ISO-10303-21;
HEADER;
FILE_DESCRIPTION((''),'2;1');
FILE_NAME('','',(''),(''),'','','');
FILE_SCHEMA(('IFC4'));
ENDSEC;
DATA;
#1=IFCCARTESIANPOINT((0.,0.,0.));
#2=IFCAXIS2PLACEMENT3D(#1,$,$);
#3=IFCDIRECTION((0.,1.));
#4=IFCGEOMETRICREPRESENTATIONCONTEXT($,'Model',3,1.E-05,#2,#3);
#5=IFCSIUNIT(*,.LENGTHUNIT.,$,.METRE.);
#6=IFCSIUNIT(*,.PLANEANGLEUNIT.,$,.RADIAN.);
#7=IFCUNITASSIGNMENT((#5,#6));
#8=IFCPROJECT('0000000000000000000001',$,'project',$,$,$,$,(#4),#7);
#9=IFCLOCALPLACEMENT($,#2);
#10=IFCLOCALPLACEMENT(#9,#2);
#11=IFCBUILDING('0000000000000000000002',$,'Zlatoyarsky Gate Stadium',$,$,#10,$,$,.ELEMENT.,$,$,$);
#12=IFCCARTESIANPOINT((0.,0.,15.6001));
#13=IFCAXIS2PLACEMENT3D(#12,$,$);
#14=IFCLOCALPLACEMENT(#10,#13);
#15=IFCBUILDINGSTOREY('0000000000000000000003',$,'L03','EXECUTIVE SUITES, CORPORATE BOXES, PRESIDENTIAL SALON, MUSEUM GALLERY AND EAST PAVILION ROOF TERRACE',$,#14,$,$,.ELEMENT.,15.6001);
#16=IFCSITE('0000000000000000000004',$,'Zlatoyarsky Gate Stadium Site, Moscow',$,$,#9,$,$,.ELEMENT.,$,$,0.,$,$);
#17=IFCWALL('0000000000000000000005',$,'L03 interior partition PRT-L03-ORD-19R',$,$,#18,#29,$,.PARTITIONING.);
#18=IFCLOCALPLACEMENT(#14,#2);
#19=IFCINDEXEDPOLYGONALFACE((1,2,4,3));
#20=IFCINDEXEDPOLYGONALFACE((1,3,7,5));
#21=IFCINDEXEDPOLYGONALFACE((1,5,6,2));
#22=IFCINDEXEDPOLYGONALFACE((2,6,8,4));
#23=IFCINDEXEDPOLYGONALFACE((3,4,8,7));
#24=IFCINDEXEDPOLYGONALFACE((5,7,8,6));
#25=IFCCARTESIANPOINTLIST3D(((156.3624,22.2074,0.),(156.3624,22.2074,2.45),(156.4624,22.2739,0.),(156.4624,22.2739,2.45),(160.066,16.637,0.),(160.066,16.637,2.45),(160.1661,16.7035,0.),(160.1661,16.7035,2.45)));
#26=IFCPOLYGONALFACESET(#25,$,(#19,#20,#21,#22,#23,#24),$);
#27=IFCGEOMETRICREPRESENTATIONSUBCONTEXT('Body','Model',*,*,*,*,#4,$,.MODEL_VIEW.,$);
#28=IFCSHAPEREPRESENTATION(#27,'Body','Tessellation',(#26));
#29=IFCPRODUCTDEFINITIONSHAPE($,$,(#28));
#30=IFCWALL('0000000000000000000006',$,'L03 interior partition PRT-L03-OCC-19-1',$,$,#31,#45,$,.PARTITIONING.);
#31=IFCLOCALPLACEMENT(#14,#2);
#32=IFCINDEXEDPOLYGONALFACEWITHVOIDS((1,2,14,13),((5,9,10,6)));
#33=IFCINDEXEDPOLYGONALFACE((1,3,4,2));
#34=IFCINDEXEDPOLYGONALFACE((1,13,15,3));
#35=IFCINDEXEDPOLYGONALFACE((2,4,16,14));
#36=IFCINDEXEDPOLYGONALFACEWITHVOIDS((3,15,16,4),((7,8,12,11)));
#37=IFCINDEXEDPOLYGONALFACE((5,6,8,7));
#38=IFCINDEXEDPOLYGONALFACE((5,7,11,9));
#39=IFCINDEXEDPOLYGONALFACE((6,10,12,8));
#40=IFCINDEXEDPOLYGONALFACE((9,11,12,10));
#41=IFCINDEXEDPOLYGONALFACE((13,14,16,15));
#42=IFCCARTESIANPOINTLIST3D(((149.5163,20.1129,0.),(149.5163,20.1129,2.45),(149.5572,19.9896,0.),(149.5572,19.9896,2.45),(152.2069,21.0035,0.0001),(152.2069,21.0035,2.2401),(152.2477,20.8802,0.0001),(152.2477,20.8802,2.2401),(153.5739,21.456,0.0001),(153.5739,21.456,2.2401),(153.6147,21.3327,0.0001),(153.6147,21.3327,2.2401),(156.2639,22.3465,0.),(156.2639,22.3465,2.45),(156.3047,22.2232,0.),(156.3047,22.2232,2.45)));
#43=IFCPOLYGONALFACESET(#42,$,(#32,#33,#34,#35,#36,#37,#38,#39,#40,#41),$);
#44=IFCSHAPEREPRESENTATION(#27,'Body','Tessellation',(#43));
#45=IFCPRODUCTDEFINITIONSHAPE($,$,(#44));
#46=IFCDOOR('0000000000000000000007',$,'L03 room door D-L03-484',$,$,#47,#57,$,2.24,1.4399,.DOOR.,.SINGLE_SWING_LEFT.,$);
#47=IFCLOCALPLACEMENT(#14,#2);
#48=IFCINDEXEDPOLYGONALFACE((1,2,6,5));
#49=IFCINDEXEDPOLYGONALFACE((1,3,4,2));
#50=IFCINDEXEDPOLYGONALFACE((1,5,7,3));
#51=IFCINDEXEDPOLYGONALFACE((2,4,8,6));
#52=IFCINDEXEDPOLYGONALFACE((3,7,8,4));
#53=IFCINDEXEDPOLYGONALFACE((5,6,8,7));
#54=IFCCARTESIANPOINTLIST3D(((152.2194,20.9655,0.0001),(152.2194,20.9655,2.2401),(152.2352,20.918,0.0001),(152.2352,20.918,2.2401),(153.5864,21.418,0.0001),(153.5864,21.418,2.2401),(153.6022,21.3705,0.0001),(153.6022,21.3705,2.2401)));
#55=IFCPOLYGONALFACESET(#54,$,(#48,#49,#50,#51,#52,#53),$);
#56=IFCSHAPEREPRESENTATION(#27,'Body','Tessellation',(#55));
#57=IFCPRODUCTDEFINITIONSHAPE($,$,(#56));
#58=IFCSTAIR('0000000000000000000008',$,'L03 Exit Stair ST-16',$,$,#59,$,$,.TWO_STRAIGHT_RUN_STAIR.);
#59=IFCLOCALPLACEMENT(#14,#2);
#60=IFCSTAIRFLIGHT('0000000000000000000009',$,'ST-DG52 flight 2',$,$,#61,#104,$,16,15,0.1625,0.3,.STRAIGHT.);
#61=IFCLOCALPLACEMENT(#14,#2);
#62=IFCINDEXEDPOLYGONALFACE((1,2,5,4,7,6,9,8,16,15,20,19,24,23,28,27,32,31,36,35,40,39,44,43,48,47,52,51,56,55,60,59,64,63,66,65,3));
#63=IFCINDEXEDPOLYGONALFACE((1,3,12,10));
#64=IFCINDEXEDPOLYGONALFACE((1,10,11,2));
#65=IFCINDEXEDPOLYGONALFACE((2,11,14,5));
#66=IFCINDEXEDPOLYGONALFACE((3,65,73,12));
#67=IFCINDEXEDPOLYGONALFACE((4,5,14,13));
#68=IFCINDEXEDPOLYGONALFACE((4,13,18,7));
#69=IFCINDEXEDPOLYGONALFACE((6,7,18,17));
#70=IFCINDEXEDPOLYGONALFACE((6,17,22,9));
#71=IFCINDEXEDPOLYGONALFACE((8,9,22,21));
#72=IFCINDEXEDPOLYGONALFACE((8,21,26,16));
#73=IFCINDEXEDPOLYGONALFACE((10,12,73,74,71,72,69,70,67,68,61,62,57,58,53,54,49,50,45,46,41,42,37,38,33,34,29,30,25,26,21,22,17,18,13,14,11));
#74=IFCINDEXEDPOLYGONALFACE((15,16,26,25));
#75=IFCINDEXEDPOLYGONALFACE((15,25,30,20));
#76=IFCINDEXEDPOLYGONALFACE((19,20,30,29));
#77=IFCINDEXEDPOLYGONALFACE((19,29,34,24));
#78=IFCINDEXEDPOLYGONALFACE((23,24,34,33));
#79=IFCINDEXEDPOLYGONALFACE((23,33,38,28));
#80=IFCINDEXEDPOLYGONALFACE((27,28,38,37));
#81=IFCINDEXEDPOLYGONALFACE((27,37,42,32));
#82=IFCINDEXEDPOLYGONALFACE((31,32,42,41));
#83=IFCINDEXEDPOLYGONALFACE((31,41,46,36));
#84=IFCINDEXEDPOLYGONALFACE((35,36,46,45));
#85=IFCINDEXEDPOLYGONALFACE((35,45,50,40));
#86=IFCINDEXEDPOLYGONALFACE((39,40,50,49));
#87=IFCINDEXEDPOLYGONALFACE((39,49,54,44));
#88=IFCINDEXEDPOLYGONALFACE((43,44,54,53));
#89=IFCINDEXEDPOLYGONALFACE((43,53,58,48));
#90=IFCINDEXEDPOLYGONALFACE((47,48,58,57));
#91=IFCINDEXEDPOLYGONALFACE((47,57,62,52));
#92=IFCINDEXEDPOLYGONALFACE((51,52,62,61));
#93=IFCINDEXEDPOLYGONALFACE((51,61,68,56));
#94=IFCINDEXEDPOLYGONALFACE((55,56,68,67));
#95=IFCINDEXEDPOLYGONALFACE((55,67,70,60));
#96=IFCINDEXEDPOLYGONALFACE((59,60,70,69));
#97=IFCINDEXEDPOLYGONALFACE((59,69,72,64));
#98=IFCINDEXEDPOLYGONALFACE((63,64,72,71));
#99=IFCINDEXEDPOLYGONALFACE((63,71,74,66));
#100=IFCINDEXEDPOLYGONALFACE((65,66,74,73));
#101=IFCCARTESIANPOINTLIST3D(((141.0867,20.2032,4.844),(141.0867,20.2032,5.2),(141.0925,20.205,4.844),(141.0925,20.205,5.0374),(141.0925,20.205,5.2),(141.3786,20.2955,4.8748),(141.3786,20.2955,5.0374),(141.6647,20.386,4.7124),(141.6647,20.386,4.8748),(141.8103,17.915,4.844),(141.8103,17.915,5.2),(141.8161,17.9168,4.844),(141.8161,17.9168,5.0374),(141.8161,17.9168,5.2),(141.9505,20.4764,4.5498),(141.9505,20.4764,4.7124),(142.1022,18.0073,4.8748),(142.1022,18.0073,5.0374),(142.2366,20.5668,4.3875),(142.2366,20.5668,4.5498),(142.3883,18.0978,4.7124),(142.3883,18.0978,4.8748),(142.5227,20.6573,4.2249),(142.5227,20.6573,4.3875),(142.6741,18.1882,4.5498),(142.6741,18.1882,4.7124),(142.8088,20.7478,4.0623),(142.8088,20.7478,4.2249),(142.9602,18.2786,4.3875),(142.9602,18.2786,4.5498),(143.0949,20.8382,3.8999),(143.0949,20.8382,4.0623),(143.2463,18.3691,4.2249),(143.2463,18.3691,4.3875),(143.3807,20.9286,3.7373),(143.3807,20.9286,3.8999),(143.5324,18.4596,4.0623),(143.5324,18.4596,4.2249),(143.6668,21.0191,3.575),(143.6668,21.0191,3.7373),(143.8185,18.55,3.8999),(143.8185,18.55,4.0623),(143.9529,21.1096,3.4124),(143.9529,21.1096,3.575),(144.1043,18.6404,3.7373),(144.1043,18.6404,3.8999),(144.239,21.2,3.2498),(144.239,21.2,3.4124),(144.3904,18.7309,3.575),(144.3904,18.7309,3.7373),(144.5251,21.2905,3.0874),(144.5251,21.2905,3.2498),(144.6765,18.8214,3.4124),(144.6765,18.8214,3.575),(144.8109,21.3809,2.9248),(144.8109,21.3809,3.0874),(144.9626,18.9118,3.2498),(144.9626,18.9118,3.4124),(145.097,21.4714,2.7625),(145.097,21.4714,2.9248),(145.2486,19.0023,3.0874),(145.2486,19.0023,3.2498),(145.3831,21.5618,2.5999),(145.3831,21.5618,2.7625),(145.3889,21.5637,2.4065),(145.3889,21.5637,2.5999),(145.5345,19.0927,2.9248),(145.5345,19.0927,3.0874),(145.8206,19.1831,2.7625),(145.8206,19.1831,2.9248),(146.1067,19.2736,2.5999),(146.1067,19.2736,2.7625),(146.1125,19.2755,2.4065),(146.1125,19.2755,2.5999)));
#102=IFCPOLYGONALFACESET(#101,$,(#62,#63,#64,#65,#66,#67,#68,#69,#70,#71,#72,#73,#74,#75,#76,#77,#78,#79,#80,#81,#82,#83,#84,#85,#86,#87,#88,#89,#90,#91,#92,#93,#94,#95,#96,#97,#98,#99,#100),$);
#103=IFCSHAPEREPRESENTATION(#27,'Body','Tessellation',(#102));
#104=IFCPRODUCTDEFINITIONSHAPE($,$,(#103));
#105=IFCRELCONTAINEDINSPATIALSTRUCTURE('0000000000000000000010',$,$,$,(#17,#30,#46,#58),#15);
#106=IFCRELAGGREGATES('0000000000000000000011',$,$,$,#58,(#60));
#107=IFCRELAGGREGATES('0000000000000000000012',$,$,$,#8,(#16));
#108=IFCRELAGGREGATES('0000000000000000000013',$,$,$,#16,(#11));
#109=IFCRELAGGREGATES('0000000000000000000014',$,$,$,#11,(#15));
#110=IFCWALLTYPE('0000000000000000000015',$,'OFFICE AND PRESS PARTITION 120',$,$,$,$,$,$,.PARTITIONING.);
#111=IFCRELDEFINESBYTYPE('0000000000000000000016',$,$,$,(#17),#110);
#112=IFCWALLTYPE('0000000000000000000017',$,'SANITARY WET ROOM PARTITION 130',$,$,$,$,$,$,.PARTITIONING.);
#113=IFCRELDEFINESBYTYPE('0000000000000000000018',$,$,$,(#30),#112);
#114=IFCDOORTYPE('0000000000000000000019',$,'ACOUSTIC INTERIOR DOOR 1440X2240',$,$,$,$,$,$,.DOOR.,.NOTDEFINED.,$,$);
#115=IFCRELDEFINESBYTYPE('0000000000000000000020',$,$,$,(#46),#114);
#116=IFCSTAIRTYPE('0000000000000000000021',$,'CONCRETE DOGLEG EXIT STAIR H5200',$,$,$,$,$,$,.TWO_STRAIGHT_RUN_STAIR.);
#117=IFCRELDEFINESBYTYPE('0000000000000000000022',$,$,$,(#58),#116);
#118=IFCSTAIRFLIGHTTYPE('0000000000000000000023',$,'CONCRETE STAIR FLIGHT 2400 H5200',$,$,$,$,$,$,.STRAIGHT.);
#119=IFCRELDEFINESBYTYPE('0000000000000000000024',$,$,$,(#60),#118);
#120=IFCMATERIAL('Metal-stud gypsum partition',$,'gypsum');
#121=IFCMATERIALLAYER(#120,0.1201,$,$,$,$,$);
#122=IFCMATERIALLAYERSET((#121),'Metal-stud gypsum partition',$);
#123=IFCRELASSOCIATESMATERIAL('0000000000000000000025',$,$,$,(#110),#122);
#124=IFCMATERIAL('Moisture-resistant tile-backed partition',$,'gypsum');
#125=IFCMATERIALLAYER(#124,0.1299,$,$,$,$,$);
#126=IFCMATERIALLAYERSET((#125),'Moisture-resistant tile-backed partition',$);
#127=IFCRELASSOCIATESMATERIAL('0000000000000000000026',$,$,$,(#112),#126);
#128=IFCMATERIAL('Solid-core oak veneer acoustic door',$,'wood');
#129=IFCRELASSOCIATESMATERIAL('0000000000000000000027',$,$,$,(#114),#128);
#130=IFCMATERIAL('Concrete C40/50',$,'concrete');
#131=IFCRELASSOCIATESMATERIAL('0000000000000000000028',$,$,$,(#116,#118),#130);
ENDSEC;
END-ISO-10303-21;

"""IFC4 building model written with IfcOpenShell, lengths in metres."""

from ifc_helpers import new_model, si_unit, direction, frame, frame_2d, origin, place, context, subcontext, project, spatial, polyline, rectangle, outline, extrude, material, layer, layer_set, type_object, element, fill, aggregate, save


model = new_model("IFC4")

# Units and contexts
model_context = context("Model", 3, precision=1e-05, world=origin(), true_north=direction((0.0, 1.0)))
body_context = subcontext(model_context, "Body", "Model", "MODEL_VIEW")
ifc_project = project(units=[si_unit("LENGTHUNIT", "METRE"), si_unit("PLANEANGLEUNIT", "RADIAN")], contexts=[model_context])

# Site, building, storey
site_placement = place(None, origin())
site = spatial("IfcSite", under=ifc_project, at=site_placement, Name="Zlatoyarsky Gate Stadium Site, Moscow", CompositionType="ELEMENT", RefElevation=0.0)
building_placement = place(site_placement, origin())
building = spatial("IfcBuilding", under=site, at=building_placement, Name="Zlatoyarsky Gate Stadium", CompositionType="ELEMENT")
storey_placement = place(building_placement, frame((0.0, 0.0, 15.6001)))
storey = spatial("IfcBuildingStorey", under=building, at=storey_placement, Name="L03", Description="EXECUTIVE SUITES, CORPORATE BOXES, PRESIDENTIAL SALON, MUSEUM GALLERY AND EAST PAVILION ROOF TERRACE", CompositionType="ELEMENT", Elevation=15.6001)

# Shared definitions
ifc_material_1 = material(Name="Metal-stud gypsum partition", Category="gypsum")
ifc_material_2 = material(Name="Concrete C40/50", Category="concrete")

# Wall
ifc_layer_1 = layer(ifc_material_1, 0.1201)
ifc_layer_set_1 = layer_set([ifc_layer_1], Name="Metal-stud gypsum partition")
wall_type_1 = type_object("IfcWallType", Name="OFFICE AND PRESS PARTITION 120", PredefinedType="PARTITIONING", material=ifc_layer_set_1)
wall_1_placement = place(storey_placement, frame((156.4124, 22.2407, 0.0), z_axis=(0.0, 0.0, 1.0), x_axis=(0.553672, -0.832735, 0.0)))
element("IfcWall", 1, at=wall_1_placement, inside=storey, type_object=wall_type_1, Name="L03 interior partition PRT-L03-ORD-19R", PredefinedType="PARTITIONING", context=body_context, shape_type="SweptSolid", body=[
    extrude(rectangle(XDim=6.6892, YDim=0.1201, at=frame_2d((3.3447, 0.0))), origin(), (0.0, 0.0, 1.0), 2.45),
])

# Wall, opening, door
ifc_material_3 = material(Name="Moisture-resistant tile-backed partition", Category="gypsum")
ifc_layer_2 = layer(ifc_material_3, 0.1299)
ifc_layer_set_2 = layer_set([ifc_layer_2], Name="Moisture-resistant tile-backed partition")
wall_type_2 = type_object("IfcWallType", Name="SANITARY WET ROOM PARTITION 130", PredefinedType="PARTITIONING", material=ifc_layer_set_2)
wall_2_placement = place(storey_placement, frame((149.5369, 20.0513, 0.0), z_axis=(0.0, 0.0, 1.0), x_axis=(0.949337, 0.314259, 0.0)))
wall_2 = element("IfcWall", 2, at=wall_2_placement, inside=storey, type_object=wall_type_2, Name="L03 interior partition PRT-L03-OCC-19-1", PredefinedType="PARTITIONING", context=body_context, shape_type="SweptSolid", body=[
    extrude(rectangle(XDim=7.1077, YDim=0.1299, at=frame_2d((3.5537, 0.0))), origin(), (0.0, 0.0, 1.0), 2.45),
])
opening_1_placement = place(wall_2_placement, frame((2.834, 0.0, 0.0)))
opening_1 = element("IfcOpeningElement", 3, at=opening_1_placement, cuts=wall_2, PredefinedType="OPENING", context=body_context, shape_type="SweptSolid", body=[
    extrude(rectangle(XDim=1.4399, YDim=2.24, at=frame_2d((0.72, 1.1201))), frame((0.0, 0.075, 0.0), z_axis=(0.0, -1.0, 0.0), x_axis=(1.0, 0.0, 0.0)), (0.0, 0.0, 1.0), 0.1499),
])
ifc_material_4 = material(Name="Solid-core oak veneer acoustic door", Category="wood")
door_type_1 = type_object("IfcDoorType", Name="ACOUSTIC INTERIOR DOOR 1440X2240", OperationType="NOTDEFINED", PredefinedType="DOOR", material=ifc_material_4)
door_1_placement = place(opening_1_placement, origin())
door_1 = element("IfcDoor", 4, at=door_1_placement, inside=storey, type_object=door_type_1, Name="L03 room door D-L03-484", OperationType="SINGLE_SWING_LEFT", OverallHeight=2.24, OverallWidth=1.4399, PredefinedType="DOOR", context=body_context, shape_type="SweptSolid", body=[
    extrude(rectangle(XDim=1.4399, YDim=2.24, at=frame_2d((0.72, 1.1201))), frame((0.0, 0.0249, 0.0), z_axis=(0.0, -1.0, 0.0), x_axis=(1.0, 0.0, 0.0)), (0.0, 0.0, 1.0), 0.05),
])
fill(opening_1, door_1)

# Stair, stair flight
stair_type = type_object("IfcStairType", Name="CONCRETE DOGLEG EXIT STAIR H5200", PredefinedType="TWO_STRAIGHT_RUN_STAIR", material=ifc_material_2)
stair_placement = place(storey_placement, origin())
stair = element("IfcStair", 5, at=stair_placement, inside=storey, type_object=stair_type, Name="L03 Exit Stair ST-16", PredefinedType="TWO_STRAIGHT_RUN_STAIR")
stair_flight_type = type_object("IfcStairFlightType", Name="CONCRETE STAIR FLIGHT 2400 H5200", PredefinedType="STRAIGHT", material=ifc_material_2)
stair_flight_placement = place(storey_placement, frame((145.7449, 20.4177, 2.5999), z_axis=(0.0, 0.0, 1.0), x_axis=(-0.953463, -0.30151, 0.0)))
stair_flight = element("IfcStairFlight", 6, at=stair_flight_placement, type_object=stair_flight_type, Name="ST-DG52 flight 2", NumberOfRisers=16, NumberOfTreads=15, PredefinedType="STRAIGHT", RiserHeight=0.1625, TreadLength=0.3, context=body_context, shape_type="SweptSolid", body=[
    extrude(outline(polyline([(-0.0061, -0.1934), (-0.0061, 0.0), (0.0, 0.0), (0.0, 0.1626), (0.3, 0.1626), (0.3, 0.325), (0.6001, 0.325), (0.6001, 0.4875), (0.8999, 0.4875), (0.8999, 0.6499), (1.2, 0.6499), (1.2, 0.8125), (1.5, 0.8125), (1.5, 0.9751), (1.8, 0.9751), (1.8, 1.1375), (2.1001, 1.1375), (2.1001, 1.3), (2.3999, 1.3), (2.3999, 1.4624), (2.7, 1.4624), (2.7, 1.625), (3.0, 1.625), (3.0, 1.7876), (3.3, 1.7876), (3.3, 1.95), (3.6001, 1.95), (3.6001, 2.1125), (3.8999, 2.1125), (3.8999, 2.2749), (4.2, 2.2749), (4.2, 2.4375), (4.5, 2.4375), (4.5, 2.6001), (4.5061, 2.6001), (4.5061, 2.2441), (4.5, 2.2441), (-0.0061, -0.1934)])), frame((0.0, 1.2, 0.0), z_axis=(0.0, -1.0, 0.0), x_axis=(1.0, 0.0, 0.0)), (0.0, 0.0, 1.0), 2.3999),
])
aggregate(stair, [stair_flight])

save(model, "model.ifc")
